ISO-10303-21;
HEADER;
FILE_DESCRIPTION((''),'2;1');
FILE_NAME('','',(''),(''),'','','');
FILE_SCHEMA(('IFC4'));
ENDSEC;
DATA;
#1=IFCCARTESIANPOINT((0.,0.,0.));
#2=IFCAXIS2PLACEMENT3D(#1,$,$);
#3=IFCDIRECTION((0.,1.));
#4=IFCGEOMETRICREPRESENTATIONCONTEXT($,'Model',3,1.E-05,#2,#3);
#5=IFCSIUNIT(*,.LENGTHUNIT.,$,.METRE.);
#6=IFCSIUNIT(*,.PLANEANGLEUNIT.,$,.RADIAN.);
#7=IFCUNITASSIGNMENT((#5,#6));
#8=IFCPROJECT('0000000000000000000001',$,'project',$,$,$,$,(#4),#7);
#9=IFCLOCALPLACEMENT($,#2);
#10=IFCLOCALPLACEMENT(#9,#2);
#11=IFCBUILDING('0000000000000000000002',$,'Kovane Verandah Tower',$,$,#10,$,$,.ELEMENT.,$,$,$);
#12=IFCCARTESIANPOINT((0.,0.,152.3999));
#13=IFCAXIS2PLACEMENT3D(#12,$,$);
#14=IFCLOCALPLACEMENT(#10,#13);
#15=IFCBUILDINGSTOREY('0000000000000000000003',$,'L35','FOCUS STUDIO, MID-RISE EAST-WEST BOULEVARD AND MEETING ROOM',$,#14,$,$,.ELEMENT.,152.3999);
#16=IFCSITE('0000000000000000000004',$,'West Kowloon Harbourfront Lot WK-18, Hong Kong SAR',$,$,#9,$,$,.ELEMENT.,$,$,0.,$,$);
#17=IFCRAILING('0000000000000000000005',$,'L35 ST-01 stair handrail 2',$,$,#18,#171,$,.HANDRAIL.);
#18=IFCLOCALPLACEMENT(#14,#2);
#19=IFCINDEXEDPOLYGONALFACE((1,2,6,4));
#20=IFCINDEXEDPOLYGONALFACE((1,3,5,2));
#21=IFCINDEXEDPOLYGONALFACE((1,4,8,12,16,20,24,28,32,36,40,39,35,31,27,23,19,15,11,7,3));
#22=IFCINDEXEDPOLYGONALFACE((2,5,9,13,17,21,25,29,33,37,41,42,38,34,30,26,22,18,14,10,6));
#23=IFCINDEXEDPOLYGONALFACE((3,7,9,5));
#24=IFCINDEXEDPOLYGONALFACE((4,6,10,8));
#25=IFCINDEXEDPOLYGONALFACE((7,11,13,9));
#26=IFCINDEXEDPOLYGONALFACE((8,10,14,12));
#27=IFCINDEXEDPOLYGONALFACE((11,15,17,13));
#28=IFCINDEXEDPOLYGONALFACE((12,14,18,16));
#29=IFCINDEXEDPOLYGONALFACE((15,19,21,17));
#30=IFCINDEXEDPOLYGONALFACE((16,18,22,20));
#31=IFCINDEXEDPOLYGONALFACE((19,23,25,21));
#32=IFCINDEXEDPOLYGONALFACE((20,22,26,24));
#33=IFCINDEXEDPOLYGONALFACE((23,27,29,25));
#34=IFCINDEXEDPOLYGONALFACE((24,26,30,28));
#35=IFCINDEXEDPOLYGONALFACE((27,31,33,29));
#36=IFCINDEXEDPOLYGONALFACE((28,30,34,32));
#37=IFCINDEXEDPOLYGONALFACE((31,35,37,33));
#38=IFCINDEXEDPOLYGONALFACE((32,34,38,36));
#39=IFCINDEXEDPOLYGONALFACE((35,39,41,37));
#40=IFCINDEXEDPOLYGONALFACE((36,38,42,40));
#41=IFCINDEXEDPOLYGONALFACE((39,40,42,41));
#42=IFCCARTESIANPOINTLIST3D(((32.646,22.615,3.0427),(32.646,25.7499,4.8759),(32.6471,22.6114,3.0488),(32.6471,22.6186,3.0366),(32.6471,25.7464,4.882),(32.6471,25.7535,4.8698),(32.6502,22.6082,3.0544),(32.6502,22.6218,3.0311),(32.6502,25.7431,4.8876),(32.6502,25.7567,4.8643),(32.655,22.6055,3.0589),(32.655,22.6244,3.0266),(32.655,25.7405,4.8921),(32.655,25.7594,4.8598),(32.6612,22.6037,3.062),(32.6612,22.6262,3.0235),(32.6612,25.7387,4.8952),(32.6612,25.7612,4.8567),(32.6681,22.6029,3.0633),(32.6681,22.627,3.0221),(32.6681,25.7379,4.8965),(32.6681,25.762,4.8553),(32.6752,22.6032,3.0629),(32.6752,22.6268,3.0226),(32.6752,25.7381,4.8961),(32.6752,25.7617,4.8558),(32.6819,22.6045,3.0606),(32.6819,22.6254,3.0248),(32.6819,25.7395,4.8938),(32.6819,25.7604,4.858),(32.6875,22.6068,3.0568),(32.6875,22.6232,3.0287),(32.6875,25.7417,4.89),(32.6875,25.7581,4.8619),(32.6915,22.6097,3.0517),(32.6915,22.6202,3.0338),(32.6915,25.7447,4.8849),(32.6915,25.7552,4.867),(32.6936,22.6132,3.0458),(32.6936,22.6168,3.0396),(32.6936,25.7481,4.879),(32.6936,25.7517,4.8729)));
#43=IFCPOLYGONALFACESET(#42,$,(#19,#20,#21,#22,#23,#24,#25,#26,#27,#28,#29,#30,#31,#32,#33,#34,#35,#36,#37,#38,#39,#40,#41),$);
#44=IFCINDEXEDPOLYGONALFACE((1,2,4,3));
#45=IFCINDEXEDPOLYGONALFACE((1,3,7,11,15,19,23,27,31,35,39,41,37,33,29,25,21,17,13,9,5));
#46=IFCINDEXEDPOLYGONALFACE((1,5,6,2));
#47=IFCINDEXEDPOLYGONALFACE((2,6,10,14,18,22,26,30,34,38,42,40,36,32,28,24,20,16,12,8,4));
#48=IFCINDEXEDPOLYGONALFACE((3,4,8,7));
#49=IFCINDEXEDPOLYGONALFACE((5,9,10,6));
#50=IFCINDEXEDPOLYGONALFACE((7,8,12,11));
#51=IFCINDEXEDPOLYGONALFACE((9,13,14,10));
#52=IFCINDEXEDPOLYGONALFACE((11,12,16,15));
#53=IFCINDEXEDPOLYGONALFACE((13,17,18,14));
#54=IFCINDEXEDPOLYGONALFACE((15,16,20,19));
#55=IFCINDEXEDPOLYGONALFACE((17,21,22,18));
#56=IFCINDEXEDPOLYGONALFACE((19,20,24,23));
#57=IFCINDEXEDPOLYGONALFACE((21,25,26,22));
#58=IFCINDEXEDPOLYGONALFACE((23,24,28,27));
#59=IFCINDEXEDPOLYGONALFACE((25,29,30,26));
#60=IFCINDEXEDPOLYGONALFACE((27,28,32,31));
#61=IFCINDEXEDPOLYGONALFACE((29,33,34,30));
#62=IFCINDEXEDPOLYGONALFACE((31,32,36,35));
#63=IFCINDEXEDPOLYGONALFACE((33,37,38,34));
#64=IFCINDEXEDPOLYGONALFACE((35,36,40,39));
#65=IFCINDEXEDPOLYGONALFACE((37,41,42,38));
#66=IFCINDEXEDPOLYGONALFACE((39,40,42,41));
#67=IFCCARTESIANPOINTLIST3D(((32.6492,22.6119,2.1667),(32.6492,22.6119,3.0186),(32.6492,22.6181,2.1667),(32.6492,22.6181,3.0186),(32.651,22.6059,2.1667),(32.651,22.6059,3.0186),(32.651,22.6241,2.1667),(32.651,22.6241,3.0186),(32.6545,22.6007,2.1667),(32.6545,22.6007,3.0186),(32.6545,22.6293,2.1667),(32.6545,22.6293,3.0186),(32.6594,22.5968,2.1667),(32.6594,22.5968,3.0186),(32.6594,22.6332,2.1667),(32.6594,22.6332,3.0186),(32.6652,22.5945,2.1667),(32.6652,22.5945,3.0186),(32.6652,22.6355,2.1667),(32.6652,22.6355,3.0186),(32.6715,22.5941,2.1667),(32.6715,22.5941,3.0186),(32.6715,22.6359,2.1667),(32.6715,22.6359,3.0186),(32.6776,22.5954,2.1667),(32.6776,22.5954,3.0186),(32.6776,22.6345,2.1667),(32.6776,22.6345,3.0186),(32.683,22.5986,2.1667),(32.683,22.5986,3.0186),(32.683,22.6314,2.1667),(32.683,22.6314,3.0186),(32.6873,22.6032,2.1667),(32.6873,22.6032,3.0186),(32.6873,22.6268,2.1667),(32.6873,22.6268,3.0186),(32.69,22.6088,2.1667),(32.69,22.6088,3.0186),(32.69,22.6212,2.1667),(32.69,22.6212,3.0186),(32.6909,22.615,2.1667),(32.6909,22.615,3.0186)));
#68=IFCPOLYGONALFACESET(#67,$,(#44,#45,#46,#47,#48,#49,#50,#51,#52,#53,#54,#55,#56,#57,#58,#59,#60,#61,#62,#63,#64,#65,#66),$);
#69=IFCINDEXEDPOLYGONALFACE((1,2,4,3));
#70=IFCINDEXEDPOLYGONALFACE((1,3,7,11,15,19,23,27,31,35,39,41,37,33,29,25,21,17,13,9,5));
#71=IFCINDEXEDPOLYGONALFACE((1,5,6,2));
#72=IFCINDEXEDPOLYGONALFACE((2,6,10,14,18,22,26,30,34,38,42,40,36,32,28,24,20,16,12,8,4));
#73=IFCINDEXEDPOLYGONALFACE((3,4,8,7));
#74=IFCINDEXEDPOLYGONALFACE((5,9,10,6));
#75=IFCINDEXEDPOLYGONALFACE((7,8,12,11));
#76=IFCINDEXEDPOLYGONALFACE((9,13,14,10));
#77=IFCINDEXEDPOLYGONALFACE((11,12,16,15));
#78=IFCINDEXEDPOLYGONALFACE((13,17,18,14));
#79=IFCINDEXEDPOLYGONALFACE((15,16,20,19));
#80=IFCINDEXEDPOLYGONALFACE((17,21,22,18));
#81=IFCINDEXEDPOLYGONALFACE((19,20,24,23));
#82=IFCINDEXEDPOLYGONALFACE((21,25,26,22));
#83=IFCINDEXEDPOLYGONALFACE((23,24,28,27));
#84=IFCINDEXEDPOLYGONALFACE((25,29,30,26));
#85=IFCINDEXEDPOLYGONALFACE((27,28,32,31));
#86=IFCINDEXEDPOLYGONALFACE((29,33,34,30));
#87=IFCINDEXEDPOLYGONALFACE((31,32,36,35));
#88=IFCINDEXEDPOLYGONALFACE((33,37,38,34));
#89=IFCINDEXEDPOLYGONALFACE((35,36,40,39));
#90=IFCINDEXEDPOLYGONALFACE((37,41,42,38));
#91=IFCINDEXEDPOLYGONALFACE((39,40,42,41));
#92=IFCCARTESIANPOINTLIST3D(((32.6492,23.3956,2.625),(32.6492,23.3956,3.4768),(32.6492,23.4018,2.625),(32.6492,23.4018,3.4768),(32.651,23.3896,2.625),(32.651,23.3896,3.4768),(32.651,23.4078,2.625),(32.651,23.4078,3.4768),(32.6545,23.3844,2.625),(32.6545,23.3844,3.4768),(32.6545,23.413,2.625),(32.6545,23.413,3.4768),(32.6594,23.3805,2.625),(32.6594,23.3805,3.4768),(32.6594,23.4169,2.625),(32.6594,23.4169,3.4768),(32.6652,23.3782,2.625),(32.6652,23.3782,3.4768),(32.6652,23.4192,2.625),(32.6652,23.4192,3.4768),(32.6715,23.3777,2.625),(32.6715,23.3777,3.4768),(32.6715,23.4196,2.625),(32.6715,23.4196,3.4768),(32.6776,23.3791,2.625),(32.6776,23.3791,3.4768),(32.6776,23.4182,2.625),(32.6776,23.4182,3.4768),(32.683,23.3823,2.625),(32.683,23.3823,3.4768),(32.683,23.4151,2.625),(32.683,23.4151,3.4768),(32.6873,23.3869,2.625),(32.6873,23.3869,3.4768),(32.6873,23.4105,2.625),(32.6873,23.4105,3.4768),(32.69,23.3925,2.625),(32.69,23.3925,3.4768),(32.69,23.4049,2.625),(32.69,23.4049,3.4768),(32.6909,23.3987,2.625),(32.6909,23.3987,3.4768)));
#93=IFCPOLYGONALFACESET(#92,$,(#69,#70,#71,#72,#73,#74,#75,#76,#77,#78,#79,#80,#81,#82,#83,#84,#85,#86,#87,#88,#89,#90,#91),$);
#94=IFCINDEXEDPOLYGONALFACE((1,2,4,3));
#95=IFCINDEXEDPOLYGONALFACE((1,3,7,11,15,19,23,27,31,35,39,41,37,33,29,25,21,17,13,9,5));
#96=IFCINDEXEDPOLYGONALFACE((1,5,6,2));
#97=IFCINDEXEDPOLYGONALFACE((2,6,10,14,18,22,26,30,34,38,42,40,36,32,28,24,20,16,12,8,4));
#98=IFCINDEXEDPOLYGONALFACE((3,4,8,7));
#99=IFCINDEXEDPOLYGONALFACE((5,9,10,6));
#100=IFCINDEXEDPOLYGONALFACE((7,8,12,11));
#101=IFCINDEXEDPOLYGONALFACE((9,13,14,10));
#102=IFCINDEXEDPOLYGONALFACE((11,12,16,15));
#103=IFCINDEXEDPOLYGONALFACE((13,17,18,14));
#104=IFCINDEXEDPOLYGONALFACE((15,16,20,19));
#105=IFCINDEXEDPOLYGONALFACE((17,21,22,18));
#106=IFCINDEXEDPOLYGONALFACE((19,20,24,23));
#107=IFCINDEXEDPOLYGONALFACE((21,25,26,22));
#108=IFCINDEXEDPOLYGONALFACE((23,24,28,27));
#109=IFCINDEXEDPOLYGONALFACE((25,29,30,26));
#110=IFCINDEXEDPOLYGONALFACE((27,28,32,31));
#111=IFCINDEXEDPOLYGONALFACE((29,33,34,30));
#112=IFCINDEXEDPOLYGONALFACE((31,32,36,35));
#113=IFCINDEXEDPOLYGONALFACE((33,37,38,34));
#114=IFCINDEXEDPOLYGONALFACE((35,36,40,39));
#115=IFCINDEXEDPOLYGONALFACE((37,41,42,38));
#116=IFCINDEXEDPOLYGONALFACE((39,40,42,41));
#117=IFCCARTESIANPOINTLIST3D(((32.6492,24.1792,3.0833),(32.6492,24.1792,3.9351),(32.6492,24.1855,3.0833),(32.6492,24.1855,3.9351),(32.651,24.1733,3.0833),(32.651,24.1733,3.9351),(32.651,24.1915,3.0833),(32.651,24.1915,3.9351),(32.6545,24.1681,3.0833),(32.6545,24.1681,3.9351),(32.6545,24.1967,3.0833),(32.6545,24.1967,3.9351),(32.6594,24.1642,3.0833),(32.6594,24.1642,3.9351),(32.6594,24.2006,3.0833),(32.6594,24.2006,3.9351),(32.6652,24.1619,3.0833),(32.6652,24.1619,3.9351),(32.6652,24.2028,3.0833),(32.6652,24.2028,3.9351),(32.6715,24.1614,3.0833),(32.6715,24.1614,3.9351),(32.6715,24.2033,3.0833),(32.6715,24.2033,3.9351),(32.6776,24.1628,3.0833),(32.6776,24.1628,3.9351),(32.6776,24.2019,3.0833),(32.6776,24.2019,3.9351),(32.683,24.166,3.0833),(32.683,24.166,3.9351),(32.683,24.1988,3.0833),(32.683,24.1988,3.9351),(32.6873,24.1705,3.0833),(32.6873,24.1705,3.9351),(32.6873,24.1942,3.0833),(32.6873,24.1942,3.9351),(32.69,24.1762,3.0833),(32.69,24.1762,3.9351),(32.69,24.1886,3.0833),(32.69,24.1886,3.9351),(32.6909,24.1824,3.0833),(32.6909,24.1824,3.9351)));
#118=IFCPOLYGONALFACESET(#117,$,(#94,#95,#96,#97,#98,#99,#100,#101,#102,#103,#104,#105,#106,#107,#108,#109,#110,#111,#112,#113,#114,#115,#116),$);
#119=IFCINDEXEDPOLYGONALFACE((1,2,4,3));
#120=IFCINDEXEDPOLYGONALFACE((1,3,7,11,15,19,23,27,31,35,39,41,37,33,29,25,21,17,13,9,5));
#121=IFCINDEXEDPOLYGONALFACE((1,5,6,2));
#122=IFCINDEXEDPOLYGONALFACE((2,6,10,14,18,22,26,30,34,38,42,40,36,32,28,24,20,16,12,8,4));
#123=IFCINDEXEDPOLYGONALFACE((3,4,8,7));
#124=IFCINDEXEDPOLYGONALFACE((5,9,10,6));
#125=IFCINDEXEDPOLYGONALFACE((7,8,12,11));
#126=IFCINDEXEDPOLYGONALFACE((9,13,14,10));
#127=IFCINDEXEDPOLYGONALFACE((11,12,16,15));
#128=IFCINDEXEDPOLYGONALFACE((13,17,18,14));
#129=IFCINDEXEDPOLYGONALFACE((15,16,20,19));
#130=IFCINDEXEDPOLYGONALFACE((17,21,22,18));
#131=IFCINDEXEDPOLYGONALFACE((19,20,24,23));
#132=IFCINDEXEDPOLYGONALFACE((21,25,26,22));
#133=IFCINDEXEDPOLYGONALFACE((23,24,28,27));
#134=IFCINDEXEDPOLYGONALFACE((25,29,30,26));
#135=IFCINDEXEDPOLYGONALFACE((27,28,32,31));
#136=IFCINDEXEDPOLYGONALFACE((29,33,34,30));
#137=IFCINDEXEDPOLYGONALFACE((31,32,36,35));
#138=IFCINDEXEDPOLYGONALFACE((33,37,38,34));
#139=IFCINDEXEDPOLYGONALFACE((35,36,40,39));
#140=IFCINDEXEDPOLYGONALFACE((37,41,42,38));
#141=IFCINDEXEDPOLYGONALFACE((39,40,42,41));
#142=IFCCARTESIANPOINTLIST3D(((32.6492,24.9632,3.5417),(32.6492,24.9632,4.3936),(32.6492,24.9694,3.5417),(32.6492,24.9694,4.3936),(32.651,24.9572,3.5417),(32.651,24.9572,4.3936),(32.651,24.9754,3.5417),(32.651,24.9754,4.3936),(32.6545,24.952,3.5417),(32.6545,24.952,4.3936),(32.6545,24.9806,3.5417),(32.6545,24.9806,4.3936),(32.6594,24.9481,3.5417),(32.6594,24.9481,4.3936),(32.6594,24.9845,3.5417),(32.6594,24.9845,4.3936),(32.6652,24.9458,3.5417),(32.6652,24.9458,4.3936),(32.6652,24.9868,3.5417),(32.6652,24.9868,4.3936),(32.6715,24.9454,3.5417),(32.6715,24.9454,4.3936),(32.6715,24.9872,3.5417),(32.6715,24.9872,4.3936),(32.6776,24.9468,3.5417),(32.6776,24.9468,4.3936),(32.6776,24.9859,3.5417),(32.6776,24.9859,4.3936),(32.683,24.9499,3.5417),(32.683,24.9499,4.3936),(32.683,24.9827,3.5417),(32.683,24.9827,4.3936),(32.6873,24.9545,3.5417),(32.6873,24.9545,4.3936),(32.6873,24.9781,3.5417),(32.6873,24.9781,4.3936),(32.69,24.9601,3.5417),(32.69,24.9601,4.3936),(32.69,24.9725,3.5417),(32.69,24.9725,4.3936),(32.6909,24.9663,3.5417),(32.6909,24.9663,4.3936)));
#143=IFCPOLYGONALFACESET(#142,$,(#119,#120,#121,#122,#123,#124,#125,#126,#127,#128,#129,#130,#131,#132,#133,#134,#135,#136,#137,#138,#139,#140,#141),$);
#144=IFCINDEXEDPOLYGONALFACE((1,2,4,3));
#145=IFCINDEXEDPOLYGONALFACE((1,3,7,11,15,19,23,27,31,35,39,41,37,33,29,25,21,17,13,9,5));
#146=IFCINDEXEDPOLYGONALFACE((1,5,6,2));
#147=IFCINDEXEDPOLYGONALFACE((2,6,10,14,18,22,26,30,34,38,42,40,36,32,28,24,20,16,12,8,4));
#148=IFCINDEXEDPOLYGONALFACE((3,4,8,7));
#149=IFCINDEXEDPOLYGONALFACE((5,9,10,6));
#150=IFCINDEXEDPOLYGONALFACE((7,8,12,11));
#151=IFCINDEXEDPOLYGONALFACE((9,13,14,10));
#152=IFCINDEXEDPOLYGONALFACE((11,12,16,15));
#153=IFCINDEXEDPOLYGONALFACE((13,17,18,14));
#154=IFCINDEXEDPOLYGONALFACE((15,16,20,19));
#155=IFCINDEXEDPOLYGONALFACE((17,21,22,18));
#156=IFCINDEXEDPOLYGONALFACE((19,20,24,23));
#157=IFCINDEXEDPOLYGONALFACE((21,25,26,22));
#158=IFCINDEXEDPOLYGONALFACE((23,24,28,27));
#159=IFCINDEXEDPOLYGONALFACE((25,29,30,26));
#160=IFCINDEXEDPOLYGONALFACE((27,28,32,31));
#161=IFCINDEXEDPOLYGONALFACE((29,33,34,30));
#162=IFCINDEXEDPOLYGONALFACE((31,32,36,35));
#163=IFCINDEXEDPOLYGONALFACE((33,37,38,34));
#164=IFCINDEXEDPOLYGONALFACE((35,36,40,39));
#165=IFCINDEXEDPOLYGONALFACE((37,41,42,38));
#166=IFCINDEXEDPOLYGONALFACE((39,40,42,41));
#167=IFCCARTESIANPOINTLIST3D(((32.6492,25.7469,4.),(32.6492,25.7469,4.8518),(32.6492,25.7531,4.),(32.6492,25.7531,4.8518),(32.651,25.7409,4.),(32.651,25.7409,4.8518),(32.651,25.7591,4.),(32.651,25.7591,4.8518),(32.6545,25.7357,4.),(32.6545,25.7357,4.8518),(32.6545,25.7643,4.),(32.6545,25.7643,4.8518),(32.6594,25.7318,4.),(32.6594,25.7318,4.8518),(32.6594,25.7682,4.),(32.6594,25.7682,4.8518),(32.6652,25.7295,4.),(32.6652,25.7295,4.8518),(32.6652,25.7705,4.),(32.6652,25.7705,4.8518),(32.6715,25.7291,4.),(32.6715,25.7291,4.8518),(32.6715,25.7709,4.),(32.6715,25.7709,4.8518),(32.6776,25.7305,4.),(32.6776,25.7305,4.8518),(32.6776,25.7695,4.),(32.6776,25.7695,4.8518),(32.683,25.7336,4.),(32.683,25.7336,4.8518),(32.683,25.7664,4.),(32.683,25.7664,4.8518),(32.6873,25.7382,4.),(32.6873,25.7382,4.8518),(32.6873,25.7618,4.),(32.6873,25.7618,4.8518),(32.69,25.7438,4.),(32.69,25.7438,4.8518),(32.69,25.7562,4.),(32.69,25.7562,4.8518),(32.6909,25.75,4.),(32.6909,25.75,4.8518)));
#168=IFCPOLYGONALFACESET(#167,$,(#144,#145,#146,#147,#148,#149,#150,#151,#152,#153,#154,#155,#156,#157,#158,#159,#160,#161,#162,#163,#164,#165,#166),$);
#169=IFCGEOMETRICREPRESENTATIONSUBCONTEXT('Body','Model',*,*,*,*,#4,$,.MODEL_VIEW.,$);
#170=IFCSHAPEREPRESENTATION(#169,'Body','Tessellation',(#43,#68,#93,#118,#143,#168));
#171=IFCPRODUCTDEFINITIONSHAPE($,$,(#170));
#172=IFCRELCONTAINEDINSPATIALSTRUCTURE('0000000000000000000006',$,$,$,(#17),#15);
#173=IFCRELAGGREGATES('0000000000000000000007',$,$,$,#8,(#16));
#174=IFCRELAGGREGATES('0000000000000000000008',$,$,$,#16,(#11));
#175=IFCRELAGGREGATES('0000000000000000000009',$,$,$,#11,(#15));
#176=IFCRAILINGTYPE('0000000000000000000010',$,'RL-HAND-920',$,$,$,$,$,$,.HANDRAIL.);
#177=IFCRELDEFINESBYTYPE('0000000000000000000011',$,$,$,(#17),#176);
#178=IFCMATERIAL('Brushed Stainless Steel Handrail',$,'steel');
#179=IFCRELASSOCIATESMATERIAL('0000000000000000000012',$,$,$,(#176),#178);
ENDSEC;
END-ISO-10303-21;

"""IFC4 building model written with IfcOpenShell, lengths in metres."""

from ifc_helpers import new_model, si_unit, direction, frame, origin, origin_2d, place, context, subcontext, project, spatial, circle, extrude, material, type_object, element, save


model = new_model("IFC4")

# Units and contexts
model_context = context("Model", 3, precision=1e-05, world=origin(), true_north=direction((0.0, 1.0)))
body_context = subcontext(model_context, "Body", "Model", "MODEL_VIEW")
ifc_project = project(units=[si_unit("LENGTHUNIT", "METRE"), si_unit("PLANEANGLEUNIT", "RADIAN")], contexts=[model_context])

# Site, building, storey
site_placement = place(None, origin())
site = spatial("IfcSite", under=ifc_project, at=site_placement, Name="West Kowloon Harbourfront Lot WK-18, Hong Kong SAR", CompositionType="ELEMENT", RefElevation=0.0)
building_placement = place(site_placement, origin())
building = spatial("IfcBuilding", under=site, at=building_placement, Name="Kovane Verandah Tower", CompositionType="ELEMENT")
storey_placement = place(building_placement, frame((0.0, 0.0, 152.3999)))
storey = spatial("IfcBuildingStorey", under=building, at=storey_placement, Name="L35", Description="FOCUS STUDIO, MID-RISE EAST-WEST BOULEVARD AND MEETING ROOM", CompositionType="ELEMENT", Elevation=152.3999)

# Railing
ifc_material_1 = material(Name="Brushed Stainless Steel Handrail", Category="steel")
railing_type_1 = type_object("IfcRailingType", Name="RL-HAND-920", PredefinedType="HANDRAIL", material=ifc_material_1)
railing_1_placement = place(storey_placement, frame((32.6699, 22.615, 2.1667)))
element("IfcRailing", 1, at=railing_1_placement, inside=storey, type_object=railing_type_1, Name="L35 ST-01 stair handrail 2", PredefinedType="HANDRAIL", context=body_context, shape_type="SweptSolid", body=[
    extrude(circle(Radius=0.0239, at=origin_2d()), frame((0.0, 0.0, 0.876), z_axis=(0.0, 0.86324, 0.504794), x_axis=(-1.0, 0.0, 0.0)), (0.0, 0.0, 1.0), 3.6316),
    extrude(circle(Radius=0.021, at=origin_2d()), origin(), (0.0, 0.0, 1.0), 0.8518),
    extrude(circle(Radius=0.021, at=origin_2d()), frame((0.0, 0.7837, 0.4583)), (0.0, 0.0, 1.0), 0.8518),
    extrude(circle(Radius=0.021, at=origin_2d()), frame((0.0, 1.5674, 0.9165)), (0.0, 0.0, 1.0), 0.8518),
    extrude(circle(Radius=0.021, at=origin_2d()), frame((0.0, 2.3513, 1.375)), (0.0, 0.0, 1.0), 0.8518),
    extrude(circle(Radius=0.021, at=origin_2d()), frame((0.0, 3.135, 1.8333)), (0.0, 0.0, 1.0), 0.8518),
])

save(model, "model.ifc")
